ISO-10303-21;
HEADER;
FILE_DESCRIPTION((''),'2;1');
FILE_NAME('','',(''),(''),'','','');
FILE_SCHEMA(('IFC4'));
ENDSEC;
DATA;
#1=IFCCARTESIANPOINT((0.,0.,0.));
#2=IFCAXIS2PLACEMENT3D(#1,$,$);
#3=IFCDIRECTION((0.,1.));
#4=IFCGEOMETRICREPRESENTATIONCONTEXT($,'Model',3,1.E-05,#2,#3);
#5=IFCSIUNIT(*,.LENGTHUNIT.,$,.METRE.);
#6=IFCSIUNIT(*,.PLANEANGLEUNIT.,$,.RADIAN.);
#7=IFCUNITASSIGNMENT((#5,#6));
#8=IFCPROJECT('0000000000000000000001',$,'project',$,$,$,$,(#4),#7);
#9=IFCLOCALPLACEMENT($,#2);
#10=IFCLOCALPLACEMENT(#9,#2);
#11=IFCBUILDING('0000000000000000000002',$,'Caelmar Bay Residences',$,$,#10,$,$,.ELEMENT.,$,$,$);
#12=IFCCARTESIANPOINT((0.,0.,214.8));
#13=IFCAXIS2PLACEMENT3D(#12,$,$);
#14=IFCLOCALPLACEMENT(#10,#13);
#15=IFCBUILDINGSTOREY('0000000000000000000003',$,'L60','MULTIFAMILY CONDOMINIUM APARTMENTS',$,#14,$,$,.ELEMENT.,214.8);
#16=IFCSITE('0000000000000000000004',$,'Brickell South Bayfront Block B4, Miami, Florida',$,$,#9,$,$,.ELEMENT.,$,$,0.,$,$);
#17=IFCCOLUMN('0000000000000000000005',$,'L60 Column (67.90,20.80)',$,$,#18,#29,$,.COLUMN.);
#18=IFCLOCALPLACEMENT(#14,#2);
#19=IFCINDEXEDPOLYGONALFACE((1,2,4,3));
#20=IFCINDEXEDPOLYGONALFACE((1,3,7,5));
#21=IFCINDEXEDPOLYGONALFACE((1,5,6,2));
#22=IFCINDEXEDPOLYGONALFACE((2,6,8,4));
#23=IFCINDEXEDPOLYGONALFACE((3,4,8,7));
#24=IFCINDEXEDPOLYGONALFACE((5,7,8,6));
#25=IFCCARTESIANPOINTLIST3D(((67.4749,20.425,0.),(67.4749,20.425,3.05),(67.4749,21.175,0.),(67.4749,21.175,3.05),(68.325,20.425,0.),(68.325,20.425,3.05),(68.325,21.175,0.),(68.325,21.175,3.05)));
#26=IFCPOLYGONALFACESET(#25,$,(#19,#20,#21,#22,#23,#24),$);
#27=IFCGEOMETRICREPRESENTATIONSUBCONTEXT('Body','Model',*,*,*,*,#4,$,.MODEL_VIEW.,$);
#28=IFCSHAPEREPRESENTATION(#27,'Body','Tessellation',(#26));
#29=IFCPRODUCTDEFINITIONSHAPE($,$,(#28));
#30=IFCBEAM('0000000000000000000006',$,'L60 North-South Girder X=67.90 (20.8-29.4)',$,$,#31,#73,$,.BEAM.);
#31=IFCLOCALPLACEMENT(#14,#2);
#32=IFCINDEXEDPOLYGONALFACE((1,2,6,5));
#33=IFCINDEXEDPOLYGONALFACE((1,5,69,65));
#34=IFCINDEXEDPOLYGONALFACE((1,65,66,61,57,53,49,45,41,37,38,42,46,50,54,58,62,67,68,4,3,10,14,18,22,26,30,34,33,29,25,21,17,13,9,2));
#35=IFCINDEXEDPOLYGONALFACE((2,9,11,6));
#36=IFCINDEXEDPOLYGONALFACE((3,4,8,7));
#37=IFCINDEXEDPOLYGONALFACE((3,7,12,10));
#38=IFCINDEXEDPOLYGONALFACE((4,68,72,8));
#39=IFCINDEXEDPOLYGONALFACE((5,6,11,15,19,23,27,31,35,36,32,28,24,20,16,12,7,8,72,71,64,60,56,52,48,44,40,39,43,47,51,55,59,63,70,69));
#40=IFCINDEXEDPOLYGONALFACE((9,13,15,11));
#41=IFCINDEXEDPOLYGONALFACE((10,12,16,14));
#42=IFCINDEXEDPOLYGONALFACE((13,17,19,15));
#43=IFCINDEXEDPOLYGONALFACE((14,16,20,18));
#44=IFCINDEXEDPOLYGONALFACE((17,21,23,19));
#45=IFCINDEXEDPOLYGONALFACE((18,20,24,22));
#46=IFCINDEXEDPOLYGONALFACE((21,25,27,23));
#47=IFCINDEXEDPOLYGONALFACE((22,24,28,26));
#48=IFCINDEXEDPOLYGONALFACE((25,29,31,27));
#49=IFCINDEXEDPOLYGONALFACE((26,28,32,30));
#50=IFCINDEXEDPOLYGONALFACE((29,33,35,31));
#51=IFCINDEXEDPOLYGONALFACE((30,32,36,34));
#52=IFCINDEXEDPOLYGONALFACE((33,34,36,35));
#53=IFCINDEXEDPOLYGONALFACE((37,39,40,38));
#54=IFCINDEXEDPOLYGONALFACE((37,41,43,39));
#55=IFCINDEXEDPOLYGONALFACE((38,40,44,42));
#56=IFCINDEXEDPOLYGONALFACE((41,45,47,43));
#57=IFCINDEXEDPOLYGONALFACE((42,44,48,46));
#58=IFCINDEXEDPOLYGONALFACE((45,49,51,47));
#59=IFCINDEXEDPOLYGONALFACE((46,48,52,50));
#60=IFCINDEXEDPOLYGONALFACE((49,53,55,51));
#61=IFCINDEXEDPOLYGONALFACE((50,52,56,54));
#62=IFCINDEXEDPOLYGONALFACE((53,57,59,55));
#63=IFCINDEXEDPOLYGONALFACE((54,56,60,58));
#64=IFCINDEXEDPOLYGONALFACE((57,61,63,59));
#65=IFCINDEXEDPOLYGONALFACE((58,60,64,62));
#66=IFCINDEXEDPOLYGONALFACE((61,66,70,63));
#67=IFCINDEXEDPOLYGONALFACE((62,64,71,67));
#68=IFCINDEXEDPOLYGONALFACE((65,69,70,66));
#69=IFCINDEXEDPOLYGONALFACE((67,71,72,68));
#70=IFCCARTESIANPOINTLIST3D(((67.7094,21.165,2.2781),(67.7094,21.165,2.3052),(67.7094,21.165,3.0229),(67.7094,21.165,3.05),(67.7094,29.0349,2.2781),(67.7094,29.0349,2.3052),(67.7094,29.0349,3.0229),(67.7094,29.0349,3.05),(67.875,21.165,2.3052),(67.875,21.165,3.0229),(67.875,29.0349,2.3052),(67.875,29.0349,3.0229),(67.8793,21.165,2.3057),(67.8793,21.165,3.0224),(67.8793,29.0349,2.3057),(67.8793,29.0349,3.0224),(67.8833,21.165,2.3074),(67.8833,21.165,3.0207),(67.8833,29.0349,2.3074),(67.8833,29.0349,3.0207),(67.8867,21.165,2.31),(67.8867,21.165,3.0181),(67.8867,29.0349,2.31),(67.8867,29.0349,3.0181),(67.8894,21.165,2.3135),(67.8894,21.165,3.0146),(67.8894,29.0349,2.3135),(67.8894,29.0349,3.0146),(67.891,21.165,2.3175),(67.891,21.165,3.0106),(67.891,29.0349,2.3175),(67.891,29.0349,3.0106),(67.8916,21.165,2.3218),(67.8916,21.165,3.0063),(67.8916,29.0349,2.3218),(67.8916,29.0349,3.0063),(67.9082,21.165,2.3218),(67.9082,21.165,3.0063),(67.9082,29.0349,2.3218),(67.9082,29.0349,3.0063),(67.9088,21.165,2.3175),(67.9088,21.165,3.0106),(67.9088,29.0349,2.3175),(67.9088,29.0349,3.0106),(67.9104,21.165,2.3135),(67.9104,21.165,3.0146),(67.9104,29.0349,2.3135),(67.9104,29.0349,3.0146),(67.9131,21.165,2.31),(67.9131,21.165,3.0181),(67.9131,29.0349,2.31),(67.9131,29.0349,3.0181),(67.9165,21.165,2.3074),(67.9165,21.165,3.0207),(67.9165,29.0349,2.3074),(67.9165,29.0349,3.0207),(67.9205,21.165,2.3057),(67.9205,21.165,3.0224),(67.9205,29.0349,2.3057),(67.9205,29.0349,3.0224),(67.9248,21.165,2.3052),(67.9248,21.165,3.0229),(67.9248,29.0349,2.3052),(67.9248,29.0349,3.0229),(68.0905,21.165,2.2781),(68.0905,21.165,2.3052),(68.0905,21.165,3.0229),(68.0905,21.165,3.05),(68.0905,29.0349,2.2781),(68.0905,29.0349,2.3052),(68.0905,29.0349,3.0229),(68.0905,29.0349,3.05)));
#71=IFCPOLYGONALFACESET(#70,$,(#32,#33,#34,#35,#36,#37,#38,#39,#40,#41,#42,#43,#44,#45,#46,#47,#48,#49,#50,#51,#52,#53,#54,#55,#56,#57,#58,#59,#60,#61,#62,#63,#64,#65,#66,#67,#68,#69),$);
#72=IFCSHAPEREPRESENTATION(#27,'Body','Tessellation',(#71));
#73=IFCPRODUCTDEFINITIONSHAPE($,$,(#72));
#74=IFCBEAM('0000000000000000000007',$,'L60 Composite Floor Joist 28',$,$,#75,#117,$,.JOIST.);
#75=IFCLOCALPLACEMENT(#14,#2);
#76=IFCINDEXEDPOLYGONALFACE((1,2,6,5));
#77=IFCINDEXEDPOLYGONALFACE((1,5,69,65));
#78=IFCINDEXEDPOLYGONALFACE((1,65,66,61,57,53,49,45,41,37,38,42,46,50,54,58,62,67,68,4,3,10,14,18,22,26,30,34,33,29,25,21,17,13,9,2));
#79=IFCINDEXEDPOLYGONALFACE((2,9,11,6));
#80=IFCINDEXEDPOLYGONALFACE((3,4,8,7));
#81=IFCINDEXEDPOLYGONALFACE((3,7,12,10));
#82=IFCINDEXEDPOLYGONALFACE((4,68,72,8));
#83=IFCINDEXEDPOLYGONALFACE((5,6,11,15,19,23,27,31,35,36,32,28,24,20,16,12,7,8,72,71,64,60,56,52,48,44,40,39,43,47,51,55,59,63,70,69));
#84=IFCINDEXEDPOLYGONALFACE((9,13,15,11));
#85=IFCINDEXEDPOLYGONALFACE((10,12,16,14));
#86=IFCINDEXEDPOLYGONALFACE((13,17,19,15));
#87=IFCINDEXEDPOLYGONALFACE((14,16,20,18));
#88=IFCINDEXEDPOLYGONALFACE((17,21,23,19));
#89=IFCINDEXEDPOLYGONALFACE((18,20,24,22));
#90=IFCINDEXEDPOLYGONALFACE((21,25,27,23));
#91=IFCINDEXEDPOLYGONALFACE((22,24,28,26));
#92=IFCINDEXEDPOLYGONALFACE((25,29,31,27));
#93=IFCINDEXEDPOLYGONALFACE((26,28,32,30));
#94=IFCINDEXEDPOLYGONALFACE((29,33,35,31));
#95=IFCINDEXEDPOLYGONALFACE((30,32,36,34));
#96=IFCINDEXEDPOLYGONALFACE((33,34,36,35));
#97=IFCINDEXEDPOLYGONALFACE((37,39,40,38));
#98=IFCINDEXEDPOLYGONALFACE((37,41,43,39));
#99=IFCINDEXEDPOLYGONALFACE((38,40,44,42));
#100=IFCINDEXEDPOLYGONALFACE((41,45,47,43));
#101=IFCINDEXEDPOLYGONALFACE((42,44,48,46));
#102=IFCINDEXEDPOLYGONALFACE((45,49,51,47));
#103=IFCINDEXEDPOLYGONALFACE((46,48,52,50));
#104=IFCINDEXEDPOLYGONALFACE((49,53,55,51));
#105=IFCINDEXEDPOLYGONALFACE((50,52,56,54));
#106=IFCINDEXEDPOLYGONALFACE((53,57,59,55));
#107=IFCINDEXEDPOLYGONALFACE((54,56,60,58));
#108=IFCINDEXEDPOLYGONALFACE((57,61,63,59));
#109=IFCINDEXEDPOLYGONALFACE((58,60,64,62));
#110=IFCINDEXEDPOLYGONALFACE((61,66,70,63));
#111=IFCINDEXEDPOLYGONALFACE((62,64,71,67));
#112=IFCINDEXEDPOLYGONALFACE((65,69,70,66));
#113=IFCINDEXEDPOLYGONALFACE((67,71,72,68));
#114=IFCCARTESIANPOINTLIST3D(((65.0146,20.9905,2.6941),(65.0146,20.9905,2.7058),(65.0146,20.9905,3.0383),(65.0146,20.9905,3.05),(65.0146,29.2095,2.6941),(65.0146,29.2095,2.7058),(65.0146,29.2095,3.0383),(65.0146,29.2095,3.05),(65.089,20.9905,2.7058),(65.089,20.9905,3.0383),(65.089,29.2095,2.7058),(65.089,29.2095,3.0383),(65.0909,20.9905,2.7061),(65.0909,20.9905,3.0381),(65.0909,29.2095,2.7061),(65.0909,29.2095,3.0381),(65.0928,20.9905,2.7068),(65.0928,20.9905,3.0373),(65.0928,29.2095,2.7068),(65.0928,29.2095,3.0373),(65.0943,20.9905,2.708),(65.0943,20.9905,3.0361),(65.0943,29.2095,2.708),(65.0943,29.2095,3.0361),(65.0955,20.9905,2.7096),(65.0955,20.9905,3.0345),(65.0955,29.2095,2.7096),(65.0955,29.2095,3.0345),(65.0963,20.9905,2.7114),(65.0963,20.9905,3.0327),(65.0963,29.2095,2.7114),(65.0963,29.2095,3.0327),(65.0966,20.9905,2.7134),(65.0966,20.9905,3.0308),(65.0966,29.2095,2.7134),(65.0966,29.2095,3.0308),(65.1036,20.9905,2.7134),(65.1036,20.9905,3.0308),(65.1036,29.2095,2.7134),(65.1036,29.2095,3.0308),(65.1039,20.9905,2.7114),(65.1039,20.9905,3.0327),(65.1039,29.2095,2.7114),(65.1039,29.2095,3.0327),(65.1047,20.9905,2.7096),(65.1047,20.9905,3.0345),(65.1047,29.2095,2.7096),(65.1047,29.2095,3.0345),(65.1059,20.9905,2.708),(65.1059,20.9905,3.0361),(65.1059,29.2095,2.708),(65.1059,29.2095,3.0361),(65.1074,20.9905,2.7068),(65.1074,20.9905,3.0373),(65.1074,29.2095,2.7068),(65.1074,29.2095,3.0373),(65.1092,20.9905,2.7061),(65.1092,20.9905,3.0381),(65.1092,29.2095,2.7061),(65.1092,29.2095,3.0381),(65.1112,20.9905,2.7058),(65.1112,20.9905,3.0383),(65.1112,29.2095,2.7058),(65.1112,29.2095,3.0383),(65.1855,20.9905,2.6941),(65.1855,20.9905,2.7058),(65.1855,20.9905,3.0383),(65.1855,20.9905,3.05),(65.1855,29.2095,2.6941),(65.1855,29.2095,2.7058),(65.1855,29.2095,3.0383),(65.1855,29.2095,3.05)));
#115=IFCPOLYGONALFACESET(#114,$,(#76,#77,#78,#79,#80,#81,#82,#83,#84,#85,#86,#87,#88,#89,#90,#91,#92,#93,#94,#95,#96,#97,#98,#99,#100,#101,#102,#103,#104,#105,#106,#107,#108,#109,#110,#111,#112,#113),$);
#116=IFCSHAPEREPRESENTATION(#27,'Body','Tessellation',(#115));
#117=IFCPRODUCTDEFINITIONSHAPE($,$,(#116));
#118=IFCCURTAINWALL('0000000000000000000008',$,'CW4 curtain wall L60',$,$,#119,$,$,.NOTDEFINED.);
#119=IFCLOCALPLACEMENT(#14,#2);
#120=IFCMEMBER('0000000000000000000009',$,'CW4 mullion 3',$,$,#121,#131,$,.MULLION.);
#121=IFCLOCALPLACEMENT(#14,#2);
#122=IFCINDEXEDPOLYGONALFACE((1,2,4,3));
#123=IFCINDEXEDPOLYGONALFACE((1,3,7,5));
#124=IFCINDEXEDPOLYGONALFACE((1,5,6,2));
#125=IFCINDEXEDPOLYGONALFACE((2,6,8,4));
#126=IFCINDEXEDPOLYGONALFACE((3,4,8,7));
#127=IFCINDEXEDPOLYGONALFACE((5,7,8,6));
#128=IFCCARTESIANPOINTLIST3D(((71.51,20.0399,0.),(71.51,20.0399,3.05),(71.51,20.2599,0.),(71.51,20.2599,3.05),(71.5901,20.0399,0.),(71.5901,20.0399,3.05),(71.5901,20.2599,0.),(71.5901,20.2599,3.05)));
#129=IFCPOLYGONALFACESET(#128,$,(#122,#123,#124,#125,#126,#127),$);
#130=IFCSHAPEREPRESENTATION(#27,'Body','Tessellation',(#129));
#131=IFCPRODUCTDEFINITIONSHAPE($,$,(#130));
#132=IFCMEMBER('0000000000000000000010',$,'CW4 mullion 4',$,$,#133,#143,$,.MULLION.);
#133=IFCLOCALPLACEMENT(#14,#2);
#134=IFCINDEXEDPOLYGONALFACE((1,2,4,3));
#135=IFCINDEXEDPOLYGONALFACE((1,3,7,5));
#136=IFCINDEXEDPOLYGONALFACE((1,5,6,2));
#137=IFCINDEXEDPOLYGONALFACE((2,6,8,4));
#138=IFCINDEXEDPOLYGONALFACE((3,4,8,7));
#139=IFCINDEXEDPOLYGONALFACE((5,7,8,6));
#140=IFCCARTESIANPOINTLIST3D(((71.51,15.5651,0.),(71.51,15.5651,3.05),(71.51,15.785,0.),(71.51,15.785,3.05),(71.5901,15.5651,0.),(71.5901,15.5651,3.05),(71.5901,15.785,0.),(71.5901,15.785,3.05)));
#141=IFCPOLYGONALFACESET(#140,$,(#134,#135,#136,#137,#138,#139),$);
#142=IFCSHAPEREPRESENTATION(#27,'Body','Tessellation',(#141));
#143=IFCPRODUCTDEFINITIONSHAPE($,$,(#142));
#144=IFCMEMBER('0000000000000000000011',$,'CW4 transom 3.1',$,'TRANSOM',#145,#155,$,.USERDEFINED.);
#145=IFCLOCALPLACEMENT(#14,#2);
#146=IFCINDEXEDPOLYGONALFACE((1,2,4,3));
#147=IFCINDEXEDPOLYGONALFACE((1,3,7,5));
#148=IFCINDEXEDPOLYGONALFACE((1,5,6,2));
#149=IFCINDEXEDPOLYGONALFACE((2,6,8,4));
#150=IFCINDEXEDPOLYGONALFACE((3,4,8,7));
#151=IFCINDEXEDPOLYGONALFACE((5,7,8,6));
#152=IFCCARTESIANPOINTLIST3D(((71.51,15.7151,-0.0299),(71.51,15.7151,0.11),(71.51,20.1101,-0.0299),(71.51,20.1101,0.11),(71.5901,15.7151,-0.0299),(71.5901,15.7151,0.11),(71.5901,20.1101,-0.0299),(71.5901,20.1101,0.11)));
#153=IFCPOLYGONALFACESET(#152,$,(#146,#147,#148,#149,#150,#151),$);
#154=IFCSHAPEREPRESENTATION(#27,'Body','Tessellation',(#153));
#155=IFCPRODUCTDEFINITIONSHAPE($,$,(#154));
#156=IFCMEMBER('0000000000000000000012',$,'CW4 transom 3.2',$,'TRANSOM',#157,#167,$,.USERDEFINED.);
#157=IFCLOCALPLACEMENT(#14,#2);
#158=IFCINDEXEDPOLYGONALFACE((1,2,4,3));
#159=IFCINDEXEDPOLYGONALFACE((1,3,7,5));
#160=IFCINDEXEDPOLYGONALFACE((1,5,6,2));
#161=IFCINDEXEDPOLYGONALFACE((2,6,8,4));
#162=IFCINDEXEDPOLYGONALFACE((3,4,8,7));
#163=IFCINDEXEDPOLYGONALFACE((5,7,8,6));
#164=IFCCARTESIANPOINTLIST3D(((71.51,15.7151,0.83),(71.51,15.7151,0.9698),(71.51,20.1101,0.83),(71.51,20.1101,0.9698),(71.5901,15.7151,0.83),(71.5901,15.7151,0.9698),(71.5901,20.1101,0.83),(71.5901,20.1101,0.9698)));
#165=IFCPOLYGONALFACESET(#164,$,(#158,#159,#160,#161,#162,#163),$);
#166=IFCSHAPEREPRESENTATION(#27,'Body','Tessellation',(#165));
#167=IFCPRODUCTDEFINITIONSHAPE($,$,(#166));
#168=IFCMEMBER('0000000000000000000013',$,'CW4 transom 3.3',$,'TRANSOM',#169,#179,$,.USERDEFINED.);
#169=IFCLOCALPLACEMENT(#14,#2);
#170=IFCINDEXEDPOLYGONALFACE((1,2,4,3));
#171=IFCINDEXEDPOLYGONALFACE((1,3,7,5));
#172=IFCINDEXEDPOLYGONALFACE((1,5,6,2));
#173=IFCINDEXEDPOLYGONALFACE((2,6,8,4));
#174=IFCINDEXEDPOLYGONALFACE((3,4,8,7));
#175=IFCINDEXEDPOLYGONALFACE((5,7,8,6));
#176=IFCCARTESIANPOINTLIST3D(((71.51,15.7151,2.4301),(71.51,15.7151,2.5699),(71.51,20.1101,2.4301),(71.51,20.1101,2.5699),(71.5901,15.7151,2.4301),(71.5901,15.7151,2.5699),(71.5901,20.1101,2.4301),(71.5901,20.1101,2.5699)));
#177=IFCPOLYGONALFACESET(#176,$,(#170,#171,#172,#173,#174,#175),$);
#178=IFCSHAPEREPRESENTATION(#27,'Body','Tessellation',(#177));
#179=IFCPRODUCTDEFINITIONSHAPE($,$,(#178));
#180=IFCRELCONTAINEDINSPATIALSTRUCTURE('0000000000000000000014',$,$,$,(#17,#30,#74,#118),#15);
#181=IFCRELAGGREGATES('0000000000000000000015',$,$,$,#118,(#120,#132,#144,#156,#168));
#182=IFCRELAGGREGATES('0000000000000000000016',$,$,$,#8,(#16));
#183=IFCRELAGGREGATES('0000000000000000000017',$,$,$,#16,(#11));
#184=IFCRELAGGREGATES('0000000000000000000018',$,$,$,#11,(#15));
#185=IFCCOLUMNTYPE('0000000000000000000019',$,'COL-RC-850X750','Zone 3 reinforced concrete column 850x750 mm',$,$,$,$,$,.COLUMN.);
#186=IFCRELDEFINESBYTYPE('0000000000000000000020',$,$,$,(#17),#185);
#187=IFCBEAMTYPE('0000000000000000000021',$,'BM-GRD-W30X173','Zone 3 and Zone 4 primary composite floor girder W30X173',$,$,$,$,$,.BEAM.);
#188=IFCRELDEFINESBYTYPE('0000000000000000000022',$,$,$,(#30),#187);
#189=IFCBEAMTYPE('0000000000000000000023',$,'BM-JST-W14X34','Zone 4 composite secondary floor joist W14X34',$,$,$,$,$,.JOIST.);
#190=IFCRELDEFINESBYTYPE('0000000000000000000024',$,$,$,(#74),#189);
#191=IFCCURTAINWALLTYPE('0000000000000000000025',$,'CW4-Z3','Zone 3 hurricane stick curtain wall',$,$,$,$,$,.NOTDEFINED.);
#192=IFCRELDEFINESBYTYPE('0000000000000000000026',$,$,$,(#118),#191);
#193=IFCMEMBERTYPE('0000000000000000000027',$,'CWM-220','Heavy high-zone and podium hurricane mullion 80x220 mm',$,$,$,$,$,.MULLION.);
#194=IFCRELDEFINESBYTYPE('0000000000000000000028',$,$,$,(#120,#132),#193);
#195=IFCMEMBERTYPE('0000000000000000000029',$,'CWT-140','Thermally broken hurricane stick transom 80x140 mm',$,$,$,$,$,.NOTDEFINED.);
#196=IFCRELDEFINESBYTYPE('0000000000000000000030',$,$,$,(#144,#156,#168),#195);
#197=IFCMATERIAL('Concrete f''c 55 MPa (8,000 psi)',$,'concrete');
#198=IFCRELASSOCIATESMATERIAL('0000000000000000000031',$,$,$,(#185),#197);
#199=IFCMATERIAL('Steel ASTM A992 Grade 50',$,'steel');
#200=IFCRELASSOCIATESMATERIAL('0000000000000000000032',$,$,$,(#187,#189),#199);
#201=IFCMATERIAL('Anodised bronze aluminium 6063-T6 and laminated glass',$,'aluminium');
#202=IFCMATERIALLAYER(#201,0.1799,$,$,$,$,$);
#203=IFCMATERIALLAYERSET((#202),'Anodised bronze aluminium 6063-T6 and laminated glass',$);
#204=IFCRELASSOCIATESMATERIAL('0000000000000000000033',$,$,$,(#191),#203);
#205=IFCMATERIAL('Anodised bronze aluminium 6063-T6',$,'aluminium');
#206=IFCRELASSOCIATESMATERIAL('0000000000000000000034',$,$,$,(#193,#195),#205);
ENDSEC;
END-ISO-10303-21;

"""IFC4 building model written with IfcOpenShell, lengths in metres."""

from ifc_helpers import new_model, si_unit, direction, frame, origin, origin_2d, place, context, subcontext, project, spatial, rectangle, i_section, extrude, material, layer, layer_set, material_profile, profile_set, type_object, element, aggregate, save


model = new_model("IFC4")

# Units and contexts
model_context = context("Model", 3, precision=1e-05, world=origin(), true_north=direction((0.0, 1.0)))
body_context = subcontext(model_context, "Body", "Model", "MODEL_VIEW")
ifc_project = project(units=[si_unit("LENGTHUNIT", "METRE"), si_unit("PLANEANGLEUNIT", "RADIAN")], contexts=[model_context])

# Site, building, storey
site_placement = place(None, origin())
site = spatial("IfcSite", under=ifc_project, at=site_placement, Name="Brickell South Bayfront Block B4, Miami, Florida", CompositionType="ELEMENT", RefElevation=0.0)
building_placement = place(site_placement, origin())
building = spatial("IfcBuilding", under=site, at=building_placement, Name="Caelmar Bay Residences", CompositionType="ELEMENT")
storey_placement = place(building_placement, frame((0.0, 0.0, 214.8)))
storey = spatial("IfcBuildingStorey", under=building, at=storey_placement, Name="L60", Description="MULTIFAMILY CONDOMINIUM APARTMENTS", CompositionType="ELEMENT", Elevation=214.8)

# Column
ifc_material_1 = material(Name="Concrete f'c 55 MPa (8,000 psi)", Category="concrete")
ifc_material_profile_1 = material_profile(ifc_material_1, rectangle(XDim=0.8501, YDim=0.75, at=origin_2d()), Name="RC-COL-850X750")
ifc_profile_set_1 = profile_set([ifc_material_profile_1], Name="Concrete f'c 55 MPa (8,000 psi)")
column_type = type_object("IfcColumnType", Name="COL-RC-850X750", Description="Zone 3 reinforced concrete column 850x750 mm", PredefinedType="COLUMN", material=ifc_profile_set_1)
column_placement = place(storey_placement, frame((67.8999, 20.8, 0.0), z_axis=(0.0, 0.0, 1.0), x_axis=(1.0, 0.0, 0.0)))
element("IfcColumn", 1, at=column_placement, inside=storey, type_object=column_type, Name="L60 Column (67.90,20.80)", PredefinedType="COLUMN", context=body_context, shape_type="SweptSolid", body=[
    extrude(rectangle(XDim=0.8501, YDim=0.75, at=origin_2d()), origin(), (0.0, 0.0, 1.0), 3.05),
])

# Beams
ifc_material_2 = material(Name="Steel ASTM A992 Grade 50", Category="steel")
ifc_material_profile_2 = material_profile(ifc_material_2, i_section(OverallWidth=0.3811, OverallDepth=0.772, WebThickness=0.0166, FlangeThickness=0.0271, FilletRadius=0.0166, at=origin_2d()), Name="W30X173")
ifc_profile_set_2 = profile_set([ifc_material_profile_2], Name="Steel ASTM A992 Grade 50")
beam_type_1 = type_object("IfcBeamType", Name="BM-GRD-W30X173", Description="Zone 3 and Zone 4 primary composite floor girder W30X173", PredefinedType="BEAM", material=ifc_profile_set_2)
beam_1_placement = place(storey_placement, frame((67.8999, 21.165, 2.6641), z_axis=(0.0, 1.0, 0.0), x_axis=(-1.0, 0.0, 0.0)))
element("IfcBeam", 2, at=beam_1_placement, inside=storey, type_object=beam_type_1, Name="L60 North-South Girder X=67.90 (20.8-29.4)", PredefinedType="BEAM", context=body_context, shape_type="SweptSolid", body=[
    extrude(i_section(OverallWidth=0.3811, OverallDepth=0.772, WebThickness=0.0166, FlangeThickness=0.0271, FilletRadius=0.0166, at=origin_2d()), origin(), (0.0, 0.0, 1.0), 7.8699),
])
ifc_material_profile_3 = material_profile(ifc_material_2, i_section(OverallWidth=0.1709, OverallDepth=0.356, WebThickness=0.0071, FlangeThickness=0.0117, FilletRadius=0.0076, at=origin_2d()), Name="W14X34")
ifc_profile_set_3 = profile_set([ifc_material_profile_3], Name="Steel ASTM A992 Grade 50")
beam_type_2 = type_object("IfcBeamType", Name="BM-JST-W14X34", Description="Zone 4 composite secondary floor joist W14X34", PredefinedType="JOIST", material=ifc_profile_set_3)
beam_2_placement = place(storey_placement, frame((65.1001, 20.9905, 2.8721), z_axis=(0.0, 1.0, 0.0), x_axis=(-1.0, 0.0, 0.0)))
element("IfcBeam", 3, at=beam_2_placement, inside=storey, type_object=beam_type_2, Name="L60 Composite Floor Joist 28", PredefinedType="JOIST", context=body_context, shape_type="SweptSolid", body=[
    extrude(i_section(OverallWidth=0.1709, OverallDepth=0.356, WebThickness=0.0071, FlangeThickness=0.0117, FilletRadius=0.0076, at=origin_2d()), origin(), (0.0, 0.0, 1.0), 8.219),
])

# Curtain wall, members
ifc_material_3 = material(Name="Anodised bronze aluminium 6063-T6 and laminated glass", Category="aluminium")
ifc_layer_1 = layer(ifc_material_3, 0.1799)
ifc_layer_set_1 = layer_set([ifc_layer_1], Name="Anodised bronze aluminium 6063-T6 and laminated glass")
curtain_wall_type = type_object("IfcCurtainWallType", Name="CW4-Z3", Description="Zone 3 hurricane stick curtain wall", PredefinedType="NOTDEFINED", material=ifc_layer_set_1)
curtain_wall_placement = place(storey_placement, origin())
curtain_wall = element("IfcCurtainWall", 4, at=curtain_wall_placement, inside=storey, type_object=curtain_wall_type, Name="CW4 curtain wall L60", PredefinedType="NOTDEFINED")
ifc_material_4 = material(Name="Anodised bronze aluminium 6063-T6", Category="aluminium")
ifc_material_profile_4 = material_profile(ifc_material_4, rectangle(XDim=0.0801, YDim=0.22, at=origin_2d()), Name="CWM-80X220")
ifc_profile_set_4 = profile_set([ifc_material_profile_4], Name="Anodised bronze aluminium 6063-T6")
member_type_1 = type_object("IfcMemberType", Name="CWM-220", Description="Heavy high-zone and podium hurricane mullion 80x220 mm", PredefinedType="MULLION", material=ifc_profile_set_4)
member_1_placement = place(storey_placement, frame((71.55, 20.1499, 0.0), z_axis=(0.0, 0.0, 1.0), x_axis=(1.0, 0.0, 0.0)))
member_1 = element("IfcMember", 5, at=member_1_placement, type_object=member_type_1, Name="CW4 mullion 3", PredefinedType="MULLION", context=body_context, shape_type="SweptSolid", body=[
    extrude(rectangle(XDim=0.0801, YDim=0.22, at=origin_2d()), origin(), (0.0, 0.0, 1.0), 3.05),
])
member_2_placement = place(storey_placement, frame((71.55, 15.675, 0.0), z_axis=(0.0, 0.0, 1.0), x_axis=(1.0, 0.0, 0.0)))
member_2 = element("IfcMember", 6, at=member_2_placement, type_object=member_type_1, Name="CW4 mullion 4", PredefinedType="MULLION", context=body_context, shape_type="SweptSolid", body=[
    extrude(rectangle(XDim=0.0801, YDim=0.22, at=origin_2d()), origin(), (0.0, 0.0, 1.0), 3.05),
])
ifc_material_profile_5 = material_profile(ifc_material_4, rectangle(XDim=0.0801, YDim=0.1399, at=origin_2d()), Name="CWT-80X140")
ifc_profile_set_5 = profile_set([ifc_material_profile_5], Name="Anodised bronze aluminium 6063-T6")
member_type_2 = type_object("IfcMemberType", Name="CWT-140", Description="Thermally broken hurricane stick transom 80x140 mm", PredefinedType="NOTDEFINED", material=ifc_profile_set_5)
member_3_placement = place(storey_placement, frame((71.55, 20.1101, 0.04), z_axis=(0.0, -1.0, 0.0), x_axis=(1.0, 0.0, 0.0)))
member_3 = element("IfcMember", 7, at=member_3_placement, type_object=member_type_2, Name="CW4 transom 3.1", ObjectType="TRANSOM", PredefinedType="USERDEFINED", context=body_context, shape_type="SweptSolid", body=[
    extrude(rectangle(XDim=0.0801, YDim=0.1399, at=origin_2d()), origin(), (0.0, 0.0, 1.0), 4.395),
])
member_4_placement = place(storey_placement, frame((71.55, 20.1101, 0.8999), z_axis=(0.0, -1.0, 0.0), x_axis=(1.0, 0.0, 0.0)))
member_4 = element("IfcMember", 8, at=member_4_placement, type_object=member_type_2, Name="CW4 transom 3.2", ObjectType="TRANSOM", PredefinedType="USERDEFINED", context=body_context, shape_type="SweptSolid", body=[
    extrude(rectangle(XDim=0.0801, YDim=0.1399, at=origin_2d()), origin(), (0.0, 0.0, 1.0), 4.395),
])
member_5_placement = place(storey_placement, frame((71.55, 20.1101, 2.5), z_axis=(0.0, -1.0, 0.0), x_axis=(1.0, 0.0, 0.0)))
member_5 = element("IfcMember", 9, at=member_5_placement, type_object=member_type_2, Name="CW4 transom 3.3", ObjectType="TRANSOM", PredefinedType="USERDEFINED", context=body_context, shape_type="SweptSolid", body=[
    extrude(rectangle(XDim=0.0801, YDim=0.1399, at=origin_2d()), origin(), (0.0, 0.0, 1.0), 4.395),
])
aggregate(curtain_wall, [member_1, member_2, member_3, member_4, member_5])

save(model, "model.ifc")
